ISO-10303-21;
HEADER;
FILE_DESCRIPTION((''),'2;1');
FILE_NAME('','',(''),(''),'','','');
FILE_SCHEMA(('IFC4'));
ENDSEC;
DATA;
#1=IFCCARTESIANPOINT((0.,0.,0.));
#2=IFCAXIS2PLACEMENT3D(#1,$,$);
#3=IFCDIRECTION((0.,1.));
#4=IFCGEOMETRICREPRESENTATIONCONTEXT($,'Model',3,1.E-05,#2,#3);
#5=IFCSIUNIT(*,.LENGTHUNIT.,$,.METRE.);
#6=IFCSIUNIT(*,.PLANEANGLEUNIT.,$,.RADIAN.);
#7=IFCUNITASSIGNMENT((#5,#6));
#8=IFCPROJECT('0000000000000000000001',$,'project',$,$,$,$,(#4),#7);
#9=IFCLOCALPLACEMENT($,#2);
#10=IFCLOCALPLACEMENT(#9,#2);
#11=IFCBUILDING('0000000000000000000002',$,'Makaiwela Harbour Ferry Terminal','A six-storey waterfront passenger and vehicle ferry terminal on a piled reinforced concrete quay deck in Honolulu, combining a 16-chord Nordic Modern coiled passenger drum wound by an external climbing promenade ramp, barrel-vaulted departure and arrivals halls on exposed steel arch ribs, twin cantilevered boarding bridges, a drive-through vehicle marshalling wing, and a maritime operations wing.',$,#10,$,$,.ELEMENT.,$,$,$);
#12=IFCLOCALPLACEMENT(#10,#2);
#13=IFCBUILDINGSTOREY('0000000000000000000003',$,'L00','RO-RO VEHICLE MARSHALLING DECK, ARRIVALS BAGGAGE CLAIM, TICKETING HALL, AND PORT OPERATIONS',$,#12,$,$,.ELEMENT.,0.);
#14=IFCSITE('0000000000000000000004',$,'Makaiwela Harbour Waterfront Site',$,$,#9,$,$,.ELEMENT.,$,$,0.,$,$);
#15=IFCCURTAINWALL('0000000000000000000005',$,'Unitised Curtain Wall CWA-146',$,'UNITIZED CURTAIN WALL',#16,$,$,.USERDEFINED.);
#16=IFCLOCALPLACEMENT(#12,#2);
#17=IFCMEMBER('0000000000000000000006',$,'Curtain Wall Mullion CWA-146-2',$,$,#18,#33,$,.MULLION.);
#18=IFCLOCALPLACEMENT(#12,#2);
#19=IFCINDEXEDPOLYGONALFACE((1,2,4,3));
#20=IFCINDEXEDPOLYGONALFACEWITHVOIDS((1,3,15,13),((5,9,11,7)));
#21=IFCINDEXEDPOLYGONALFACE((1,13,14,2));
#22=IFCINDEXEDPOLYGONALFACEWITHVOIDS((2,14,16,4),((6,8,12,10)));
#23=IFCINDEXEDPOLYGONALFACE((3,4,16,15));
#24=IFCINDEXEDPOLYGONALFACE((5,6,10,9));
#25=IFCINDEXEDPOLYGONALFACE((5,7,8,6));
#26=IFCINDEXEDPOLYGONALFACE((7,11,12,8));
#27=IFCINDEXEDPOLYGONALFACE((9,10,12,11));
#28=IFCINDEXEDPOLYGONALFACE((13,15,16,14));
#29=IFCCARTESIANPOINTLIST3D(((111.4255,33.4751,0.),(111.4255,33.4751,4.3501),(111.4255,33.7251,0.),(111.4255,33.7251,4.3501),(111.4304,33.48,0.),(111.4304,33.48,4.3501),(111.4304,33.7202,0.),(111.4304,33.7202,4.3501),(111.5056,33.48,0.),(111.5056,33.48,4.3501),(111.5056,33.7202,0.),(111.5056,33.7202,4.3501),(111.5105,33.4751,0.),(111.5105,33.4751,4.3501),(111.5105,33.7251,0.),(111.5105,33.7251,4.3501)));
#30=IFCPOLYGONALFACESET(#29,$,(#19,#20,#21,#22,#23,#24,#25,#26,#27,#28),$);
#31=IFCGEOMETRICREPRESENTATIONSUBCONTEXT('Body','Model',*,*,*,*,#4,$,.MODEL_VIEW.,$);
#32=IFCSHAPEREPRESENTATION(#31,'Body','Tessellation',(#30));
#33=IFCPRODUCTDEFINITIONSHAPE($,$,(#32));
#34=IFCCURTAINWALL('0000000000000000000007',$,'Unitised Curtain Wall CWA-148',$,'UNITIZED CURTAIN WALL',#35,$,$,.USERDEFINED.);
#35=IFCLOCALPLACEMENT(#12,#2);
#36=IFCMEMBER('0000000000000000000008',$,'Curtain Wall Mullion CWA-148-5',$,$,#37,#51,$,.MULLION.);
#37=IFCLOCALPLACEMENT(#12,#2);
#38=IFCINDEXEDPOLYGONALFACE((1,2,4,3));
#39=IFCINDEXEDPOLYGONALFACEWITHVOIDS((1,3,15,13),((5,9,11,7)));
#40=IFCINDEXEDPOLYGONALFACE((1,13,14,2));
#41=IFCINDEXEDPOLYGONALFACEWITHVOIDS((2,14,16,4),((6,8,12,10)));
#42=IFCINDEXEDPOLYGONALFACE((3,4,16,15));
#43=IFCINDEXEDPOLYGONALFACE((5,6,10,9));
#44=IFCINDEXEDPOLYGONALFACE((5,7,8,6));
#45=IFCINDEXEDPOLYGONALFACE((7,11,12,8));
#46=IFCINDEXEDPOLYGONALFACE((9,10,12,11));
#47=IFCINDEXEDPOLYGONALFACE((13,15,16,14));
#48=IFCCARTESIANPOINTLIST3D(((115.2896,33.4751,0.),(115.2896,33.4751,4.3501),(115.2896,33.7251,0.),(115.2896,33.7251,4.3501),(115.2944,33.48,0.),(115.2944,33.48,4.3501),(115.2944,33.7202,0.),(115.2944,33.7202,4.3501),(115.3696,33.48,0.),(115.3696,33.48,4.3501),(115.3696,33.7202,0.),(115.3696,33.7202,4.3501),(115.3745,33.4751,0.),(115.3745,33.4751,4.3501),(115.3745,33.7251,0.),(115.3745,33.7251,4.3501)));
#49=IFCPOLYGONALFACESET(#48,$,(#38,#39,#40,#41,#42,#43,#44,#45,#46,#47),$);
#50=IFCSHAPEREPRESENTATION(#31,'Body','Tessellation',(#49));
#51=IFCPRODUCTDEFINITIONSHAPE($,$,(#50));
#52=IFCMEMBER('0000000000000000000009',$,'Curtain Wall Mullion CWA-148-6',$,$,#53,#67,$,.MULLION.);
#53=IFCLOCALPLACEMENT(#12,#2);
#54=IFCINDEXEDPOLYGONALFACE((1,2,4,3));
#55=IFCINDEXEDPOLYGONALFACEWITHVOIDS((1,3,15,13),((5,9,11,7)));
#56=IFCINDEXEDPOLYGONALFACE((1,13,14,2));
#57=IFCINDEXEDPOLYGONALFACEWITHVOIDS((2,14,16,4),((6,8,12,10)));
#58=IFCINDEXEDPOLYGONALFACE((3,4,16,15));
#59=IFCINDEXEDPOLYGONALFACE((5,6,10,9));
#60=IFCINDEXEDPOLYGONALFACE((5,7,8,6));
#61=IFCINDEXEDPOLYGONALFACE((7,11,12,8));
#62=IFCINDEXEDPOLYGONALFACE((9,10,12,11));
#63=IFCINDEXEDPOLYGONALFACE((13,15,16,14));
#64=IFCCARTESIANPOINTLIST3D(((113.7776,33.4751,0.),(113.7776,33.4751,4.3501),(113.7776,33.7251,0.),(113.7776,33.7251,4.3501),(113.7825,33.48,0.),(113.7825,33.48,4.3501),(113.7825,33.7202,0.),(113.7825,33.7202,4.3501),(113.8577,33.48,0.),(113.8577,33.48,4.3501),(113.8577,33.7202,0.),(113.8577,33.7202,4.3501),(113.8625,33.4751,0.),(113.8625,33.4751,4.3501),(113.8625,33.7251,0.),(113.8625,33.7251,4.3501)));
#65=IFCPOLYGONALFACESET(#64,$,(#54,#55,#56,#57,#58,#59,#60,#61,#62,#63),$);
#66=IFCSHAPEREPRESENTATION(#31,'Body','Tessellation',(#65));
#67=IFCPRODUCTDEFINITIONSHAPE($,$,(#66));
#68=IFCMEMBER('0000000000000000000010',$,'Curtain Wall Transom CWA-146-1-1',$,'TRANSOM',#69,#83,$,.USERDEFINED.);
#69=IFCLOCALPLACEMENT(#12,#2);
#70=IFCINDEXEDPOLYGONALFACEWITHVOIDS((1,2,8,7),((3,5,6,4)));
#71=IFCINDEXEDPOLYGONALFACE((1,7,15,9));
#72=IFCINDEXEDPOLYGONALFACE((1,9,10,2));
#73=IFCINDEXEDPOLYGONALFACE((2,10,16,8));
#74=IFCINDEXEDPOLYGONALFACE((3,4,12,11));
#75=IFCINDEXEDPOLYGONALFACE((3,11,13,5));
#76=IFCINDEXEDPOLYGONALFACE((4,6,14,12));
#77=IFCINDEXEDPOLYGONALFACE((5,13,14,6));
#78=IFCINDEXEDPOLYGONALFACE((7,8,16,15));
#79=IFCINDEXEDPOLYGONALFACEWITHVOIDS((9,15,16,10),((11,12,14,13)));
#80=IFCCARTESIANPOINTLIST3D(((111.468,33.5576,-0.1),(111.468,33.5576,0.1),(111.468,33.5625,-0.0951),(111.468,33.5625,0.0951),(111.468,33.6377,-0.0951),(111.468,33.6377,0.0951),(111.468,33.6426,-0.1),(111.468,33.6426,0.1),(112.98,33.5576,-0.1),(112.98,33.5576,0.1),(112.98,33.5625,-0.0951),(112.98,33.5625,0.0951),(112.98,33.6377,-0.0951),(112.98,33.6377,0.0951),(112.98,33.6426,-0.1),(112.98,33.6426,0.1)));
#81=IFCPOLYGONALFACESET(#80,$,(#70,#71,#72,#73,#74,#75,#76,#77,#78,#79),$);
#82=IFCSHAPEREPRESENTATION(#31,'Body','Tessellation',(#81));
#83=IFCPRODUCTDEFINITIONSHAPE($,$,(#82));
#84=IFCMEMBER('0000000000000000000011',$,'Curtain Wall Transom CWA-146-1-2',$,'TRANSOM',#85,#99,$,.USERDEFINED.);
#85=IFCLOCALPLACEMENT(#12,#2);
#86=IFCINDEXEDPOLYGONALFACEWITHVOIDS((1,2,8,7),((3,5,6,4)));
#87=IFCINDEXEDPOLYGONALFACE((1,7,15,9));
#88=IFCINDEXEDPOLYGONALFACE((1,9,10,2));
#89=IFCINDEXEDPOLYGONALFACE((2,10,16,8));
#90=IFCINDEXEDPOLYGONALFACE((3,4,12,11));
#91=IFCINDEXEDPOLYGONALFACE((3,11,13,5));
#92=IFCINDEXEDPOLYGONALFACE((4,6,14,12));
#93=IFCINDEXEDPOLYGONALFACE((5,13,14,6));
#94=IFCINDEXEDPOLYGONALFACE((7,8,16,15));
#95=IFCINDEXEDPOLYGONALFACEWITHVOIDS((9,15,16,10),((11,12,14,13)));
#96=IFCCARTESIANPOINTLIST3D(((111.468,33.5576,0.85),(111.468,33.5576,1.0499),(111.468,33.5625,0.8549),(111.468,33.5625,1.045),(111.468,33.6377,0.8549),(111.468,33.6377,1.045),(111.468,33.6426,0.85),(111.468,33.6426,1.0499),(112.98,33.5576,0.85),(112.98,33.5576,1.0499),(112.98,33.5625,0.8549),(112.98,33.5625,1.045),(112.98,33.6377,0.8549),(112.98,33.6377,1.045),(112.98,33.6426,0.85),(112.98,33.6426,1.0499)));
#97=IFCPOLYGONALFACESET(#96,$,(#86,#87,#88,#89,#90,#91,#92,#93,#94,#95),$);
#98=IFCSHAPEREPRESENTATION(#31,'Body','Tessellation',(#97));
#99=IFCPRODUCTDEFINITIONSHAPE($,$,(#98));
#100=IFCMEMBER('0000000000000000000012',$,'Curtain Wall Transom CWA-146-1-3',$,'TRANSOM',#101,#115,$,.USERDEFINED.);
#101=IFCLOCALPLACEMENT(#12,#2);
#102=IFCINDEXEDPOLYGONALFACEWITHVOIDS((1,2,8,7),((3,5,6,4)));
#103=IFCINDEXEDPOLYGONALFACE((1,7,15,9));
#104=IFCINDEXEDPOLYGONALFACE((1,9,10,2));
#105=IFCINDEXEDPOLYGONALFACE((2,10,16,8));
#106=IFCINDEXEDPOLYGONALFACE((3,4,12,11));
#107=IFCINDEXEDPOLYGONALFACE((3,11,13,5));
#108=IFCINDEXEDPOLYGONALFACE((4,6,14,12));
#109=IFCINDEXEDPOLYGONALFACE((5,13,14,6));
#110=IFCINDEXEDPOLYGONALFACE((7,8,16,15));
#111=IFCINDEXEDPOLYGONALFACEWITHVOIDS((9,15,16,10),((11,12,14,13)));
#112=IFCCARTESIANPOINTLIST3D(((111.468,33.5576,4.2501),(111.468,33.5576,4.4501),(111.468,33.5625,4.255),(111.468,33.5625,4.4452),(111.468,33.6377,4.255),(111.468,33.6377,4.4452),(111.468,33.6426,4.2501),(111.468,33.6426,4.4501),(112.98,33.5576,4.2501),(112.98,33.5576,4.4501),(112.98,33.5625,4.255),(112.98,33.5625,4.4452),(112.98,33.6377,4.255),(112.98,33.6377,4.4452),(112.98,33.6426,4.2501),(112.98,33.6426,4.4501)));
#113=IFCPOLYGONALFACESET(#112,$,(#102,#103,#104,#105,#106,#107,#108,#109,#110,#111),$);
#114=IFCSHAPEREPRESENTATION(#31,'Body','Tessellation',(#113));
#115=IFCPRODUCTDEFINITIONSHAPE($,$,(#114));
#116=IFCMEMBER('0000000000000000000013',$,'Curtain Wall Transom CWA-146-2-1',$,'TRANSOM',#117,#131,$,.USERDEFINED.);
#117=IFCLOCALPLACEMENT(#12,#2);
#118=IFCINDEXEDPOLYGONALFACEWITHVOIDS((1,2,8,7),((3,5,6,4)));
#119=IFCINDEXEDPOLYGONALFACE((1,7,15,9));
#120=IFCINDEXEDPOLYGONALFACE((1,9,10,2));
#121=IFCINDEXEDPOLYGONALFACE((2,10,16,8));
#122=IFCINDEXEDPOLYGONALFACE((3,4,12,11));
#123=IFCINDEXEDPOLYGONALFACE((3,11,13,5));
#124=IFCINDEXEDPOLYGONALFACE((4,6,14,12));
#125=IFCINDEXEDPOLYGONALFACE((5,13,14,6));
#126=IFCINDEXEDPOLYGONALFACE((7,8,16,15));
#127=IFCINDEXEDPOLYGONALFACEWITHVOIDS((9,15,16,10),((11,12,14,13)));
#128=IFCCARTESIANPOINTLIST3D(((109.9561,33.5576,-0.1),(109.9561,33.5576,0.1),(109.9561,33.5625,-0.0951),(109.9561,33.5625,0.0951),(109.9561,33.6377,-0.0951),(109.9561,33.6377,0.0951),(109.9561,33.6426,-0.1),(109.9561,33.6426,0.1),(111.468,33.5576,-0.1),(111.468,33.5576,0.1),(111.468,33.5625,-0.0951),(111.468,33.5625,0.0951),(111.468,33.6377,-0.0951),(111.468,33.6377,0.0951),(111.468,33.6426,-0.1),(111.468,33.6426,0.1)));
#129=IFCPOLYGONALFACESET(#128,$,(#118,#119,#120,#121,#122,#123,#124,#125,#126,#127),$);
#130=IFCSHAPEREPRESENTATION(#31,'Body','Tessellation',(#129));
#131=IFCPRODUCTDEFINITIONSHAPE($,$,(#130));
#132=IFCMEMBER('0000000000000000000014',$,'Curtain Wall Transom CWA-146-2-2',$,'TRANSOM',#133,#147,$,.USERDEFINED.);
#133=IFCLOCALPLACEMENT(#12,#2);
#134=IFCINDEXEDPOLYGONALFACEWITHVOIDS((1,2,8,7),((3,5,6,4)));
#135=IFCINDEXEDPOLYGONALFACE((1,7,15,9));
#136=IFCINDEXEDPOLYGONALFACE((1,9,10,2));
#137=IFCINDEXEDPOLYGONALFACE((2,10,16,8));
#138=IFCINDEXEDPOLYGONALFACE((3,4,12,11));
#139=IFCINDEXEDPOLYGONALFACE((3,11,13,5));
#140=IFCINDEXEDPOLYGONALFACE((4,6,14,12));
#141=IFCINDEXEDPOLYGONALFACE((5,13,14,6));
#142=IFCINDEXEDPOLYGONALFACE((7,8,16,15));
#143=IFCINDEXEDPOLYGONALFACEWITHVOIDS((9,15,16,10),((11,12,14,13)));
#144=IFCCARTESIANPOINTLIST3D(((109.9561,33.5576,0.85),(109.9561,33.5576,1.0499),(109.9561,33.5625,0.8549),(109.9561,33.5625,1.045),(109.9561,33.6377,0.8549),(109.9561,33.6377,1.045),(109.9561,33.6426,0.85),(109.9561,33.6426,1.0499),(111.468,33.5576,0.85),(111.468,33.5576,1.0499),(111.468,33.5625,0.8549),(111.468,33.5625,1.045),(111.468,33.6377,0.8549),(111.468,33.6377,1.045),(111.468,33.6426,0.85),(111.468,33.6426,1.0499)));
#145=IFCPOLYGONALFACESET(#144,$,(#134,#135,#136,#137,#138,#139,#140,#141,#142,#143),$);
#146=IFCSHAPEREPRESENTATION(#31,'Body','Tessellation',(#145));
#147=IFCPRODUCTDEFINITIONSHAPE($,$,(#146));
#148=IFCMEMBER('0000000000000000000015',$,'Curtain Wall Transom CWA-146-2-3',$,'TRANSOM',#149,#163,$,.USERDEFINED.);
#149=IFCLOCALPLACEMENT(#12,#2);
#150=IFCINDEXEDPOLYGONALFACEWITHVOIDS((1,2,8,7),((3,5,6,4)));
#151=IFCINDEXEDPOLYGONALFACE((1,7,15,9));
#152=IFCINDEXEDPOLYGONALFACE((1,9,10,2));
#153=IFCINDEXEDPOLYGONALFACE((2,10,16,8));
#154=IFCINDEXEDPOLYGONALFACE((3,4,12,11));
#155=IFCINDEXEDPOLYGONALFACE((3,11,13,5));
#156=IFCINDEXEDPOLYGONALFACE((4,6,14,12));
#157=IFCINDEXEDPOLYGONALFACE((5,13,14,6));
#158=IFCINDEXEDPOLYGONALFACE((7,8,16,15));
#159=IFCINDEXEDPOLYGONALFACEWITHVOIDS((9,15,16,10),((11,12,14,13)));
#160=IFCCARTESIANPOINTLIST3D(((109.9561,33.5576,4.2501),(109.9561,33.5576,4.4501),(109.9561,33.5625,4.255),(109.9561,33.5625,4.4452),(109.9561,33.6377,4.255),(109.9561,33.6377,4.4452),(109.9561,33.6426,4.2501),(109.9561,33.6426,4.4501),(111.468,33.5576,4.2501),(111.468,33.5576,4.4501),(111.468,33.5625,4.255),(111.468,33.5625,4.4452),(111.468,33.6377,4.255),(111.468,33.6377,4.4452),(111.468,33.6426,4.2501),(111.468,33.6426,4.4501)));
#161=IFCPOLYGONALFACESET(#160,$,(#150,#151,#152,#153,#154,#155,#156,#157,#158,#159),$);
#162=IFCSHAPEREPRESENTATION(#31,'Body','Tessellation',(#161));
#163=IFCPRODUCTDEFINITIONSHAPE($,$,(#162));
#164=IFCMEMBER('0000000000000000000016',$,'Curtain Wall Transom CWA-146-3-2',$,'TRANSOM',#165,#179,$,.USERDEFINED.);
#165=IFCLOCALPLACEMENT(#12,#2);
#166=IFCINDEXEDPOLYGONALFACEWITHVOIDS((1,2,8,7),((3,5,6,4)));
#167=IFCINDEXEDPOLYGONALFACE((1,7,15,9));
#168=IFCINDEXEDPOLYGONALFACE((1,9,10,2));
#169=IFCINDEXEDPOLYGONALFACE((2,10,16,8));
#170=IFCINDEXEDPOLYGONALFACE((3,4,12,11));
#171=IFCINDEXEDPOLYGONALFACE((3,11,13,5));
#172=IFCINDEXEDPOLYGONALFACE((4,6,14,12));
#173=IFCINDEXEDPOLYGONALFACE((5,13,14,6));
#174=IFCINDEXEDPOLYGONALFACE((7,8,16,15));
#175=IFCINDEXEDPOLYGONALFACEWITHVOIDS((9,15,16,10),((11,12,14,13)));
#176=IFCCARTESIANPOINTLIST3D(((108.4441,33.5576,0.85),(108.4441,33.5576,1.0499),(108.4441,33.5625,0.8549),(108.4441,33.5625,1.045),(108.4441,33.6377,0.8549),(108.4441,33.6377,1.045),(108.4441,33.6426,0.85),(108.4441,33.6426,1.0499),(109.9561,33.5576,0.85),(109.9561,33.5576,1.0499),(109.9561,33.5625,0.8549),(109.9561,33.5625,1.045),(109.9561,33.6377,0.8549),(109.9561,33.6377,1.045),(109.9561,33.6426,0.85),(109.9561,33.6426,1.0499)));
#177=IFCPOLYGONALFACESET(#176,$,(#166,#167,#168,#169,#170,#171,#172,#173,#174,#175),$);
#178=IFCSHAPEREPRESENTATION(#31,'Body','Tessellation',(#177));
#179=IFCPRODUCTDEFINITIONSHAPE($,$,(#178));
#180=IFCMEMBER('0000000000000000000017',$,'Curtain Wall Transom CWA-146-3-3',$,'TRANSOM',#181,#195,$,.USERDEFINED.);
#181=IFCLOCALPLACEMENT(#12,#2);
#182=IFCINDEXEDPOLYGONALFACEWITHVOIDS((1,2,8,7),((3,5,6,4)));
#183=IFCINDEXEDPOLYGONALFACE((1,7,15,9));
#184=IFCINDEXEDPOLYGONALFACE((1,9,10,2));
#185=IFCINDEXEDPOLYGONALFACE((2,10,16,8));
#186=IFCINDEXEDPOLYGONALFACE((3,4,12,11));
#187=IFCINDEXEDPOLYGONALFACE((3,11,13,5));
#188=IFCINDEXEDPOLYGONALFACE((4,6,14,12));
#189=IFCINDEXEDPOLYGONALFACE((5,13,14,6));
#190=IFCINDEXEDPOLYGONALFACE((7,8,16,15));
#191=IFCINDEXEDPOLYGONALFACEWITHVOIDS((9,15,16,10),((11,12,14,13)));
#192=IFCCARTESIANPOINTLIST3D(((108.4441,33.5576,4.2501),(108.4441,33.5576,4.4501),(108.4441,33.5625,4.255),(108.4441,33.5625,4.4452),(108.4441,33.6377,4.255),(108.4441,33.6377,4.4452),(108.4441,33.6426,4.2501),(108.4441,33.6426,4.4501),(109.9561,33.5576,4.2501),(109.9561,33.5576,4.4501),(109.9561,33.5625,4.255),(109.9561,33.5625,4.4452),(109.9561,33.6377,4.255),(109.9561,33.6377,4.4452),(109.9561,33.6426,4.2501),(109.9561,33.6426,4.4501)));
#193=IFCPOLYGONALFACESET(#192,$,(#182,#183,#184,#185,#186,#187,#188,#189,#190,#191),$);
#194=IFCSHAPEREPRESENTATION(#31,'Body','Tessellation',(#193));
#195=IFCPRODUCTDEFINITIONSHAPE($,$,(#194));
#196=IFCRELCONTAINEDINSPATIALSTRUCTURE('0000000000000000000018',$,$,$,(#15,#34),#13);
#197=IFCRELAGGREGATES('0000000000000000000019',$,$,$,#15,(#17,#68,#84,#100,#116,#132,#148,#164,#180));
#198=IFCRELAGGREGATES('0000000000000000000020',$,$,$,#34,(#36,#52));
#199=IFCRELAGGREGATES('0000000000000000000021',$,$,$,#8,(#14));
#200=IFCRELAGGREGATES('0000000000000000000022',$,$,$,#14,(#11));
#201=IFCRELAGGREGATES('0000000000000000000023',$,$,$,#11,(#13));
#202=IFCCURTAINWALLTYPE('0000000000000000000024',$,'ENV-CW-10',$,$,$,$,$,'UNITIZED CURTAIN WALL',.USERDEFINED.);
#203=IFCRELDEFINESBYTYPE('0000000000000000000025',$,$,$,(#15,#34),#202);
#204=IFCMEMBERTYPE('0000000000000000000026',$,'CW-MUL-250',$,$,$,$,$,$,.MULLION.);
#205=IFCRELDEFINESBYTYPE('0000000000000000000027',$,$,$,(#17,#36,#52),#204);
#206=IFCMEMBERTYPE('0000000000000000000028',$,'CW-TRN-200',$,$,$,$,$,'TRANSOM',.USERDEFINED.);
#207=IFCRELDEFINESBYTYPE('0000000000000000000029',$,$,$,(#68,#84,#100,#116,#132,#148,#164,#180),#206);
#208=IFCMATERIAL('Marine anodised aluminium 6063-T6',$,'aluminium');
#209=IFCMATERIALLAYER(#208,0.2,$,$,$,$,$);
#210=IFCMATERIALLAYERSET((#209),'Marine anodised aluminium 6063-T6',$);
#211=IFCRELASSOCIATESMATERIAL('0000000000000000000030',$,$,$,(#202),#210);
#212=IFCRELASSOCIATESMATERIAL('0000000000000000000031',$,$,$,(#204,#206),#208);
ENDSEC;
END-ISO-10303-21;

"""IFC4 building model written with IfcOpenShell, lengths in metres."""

from ifc_helpers import new_model, si_unit, direction, frame, origin, origin_2d, place, context, subcontext, project, spatial, hollow_rectangle, extrude, material, layer, layer_set, material_profile, profile_set, type_object, element, aggregate, save


model = new_model("IFC4")

# Units and contexts
model_context = context("Model", 3, precision=1e-05, world=origin(), true_north=direction((0.0, 1.0)))
body_context = subcontext(model_context, "Body", "Model", "MODEL_VIEW")
ifc_project = project(units=[si_unit("LENGTHUNIT", "METRE"), si_unit("PLANEANGLEUNIT", "RADIAN")], contexts=[model_context])

# Site, building, storey
site_placement = place(None, origin())
site = spatial("IfcSite", under=ifc_project, at=site_placement, Name="Makaiwela Harbour Waterfront Site", CompositionType="ELEMENT", RefElevation=0.0)
building_placement = place(site_placement, origin())
building = spatial("IfcBuilding", under=site, at=building_placement, Name="Makaiwela Harbour Ferry Terminal", Description="A six-storey waterfront passenger and vehicle ferry terminal on a piled reinforced concrete quay deck in Honolulu, combining a 16-chord Nordic Modern coiled passenger drum wound by an external climbing promenade ramp, barrel-vaulted departure and arrivals halls on exposed steel arch ribs, twin cantilevered boarding bridges, a drive-through vehicle marshalling wing, and a maritime operations wing.", CompositionType="ELEMENT")
storey_placement = place(building_placement, origin())
storey = spatial("IfcBuildingStorey", under=building, at=storey_placement, Name="L00", Description="RO-RO VEHICLE MARSHALLING DECK, ARRIVALS BAGGAGE CLAIM, TICKETING HALL, AND PORT OPERATIONS", CompositionType="ELEMENT", Elevation=0.0)

# Curtain walls, members
ifc_material_1 = material(Name="Marine anodised aluminium 6063-T6", Category="aluminium")
ifc_layer_1 = layer(ifc_material_1, 0.2)
ifc_layer_set_1 = layer_set([ifc_layer_1], Name="Marine anodised aluminium 6063-T6")
curtain_wall_type = type_object("IfcCurtainWallType", Name="ENV-CW-10", ElementType="UNITIZED CURTAIN WALL", PredefinedType="USERDEFINED", material=ifc_layer_set_1)
curtain_wall_1_placement = place(storey_placement, origin())
curtain_wall_1 = element("IfcCurtainWall", 1, at=curtain_wall_1_placement, inside=storey, type_object=curtain_wall_type, Name="Unitised Curtain Wall CWA-146", ObjectType="UNITIZED CURTAIN WALL", PredefinedType="USERDEFINED")
ifc_material_profile_1 = material_profile(ifc_material_1, hollow_rectangle(XDim=0.085, YDim=0.25, WallThickness=0.0049, at=origin_2d()), Name="CWM-250X85")
ifc_profile_set_1 = profile_set([ifc_material_profile_1], Name="Marine anodised aluminium 6063-T6")
member_type_1 = type_object("IfcMemberType", Name="CW-MUL-250", PredefinedType="MULLION", material=ifc_profile_set_1)
member_1_placement = place(storey_placement, frame((111.468, 33.6001, 0.0), z_axis=(0.0, 0.0, 1.0), x_axis=(1.0, 0.0, 0.0)))
member_1 = element("IfcMember", 2, at=member_1_placement, type_object=member_type_1, Name="Curtain Wall Mullion CWA-146-2", PredefinedType="MULLION", context=body_context, shape_type="SweptSolid", body=[
    extrude(hollow_rectangle(XDim=0.085, YDim=0.25, WallThickness=0.0049, at=origin_2d()), origin(), (0.0, 0.0, 1.0), 4.3501),
])
curtain_wall_2_placement = place(storey_placement, origin())
curtain_wall_2 = element("IfcCurtainWall", 3, at=curtain_wall_2_placement, inside=storey, type_object=curtain_wall_type, Name="Unitised Curtain Wall CWA-148", ObjectType="UNITIZED CURTAIN WALL", PredefinedType="USERDEFINED")
member_2_placement = place(storey_placement, frame((115.332, 33.6001, 0.0), z_axis=(0.0, 0.0, 1.0), x_axis=(1.0, 0.0, 0.0)))
member_2 = element("IfcMember", 4, at=member_2_placement, type_object=member_type_1, Name="Curtain Wall Mullion CWA-148-5", PredefinedType="MULLION", context=body_context, shape_type="SweptSolid", body=[
    extrude(hollow_rectangle(XDim=0.085, YDim=0.25, WallThickness=0.0049, at=origin_2d()), origin(), (0.0, 0.0, 1.0), 4.3501),
])
member_3_placement = place(storey_placement, frame((113.8201, 33.6001, 0.0), z_axis=(0.0, 0.0, 1.0), x_axis=(1.0, 0.0, 0.0)))
member_3 = element("IfcMember", 5, at=member_3_placement, type_object=member_type_1, Name="Curtain Wall Mullion CWA-148-6", PredefinedType="MULLION", context=body_context, shape_type="SweptSolid", body=[
    extrude(hollow_rectangle(XDim=0.085, YDim=0.25, WallThickness=0.0049, at=origin_2d()), origin(), (0.0, 0.0, 1.0), 4.3501),
])

# Members
ifc_material_profile_2 = material_profile(ifc_material_1, hollow_rectangle(XDim=0.085, YDim=0.2, WallThickness=0.0049, at=origin_2d()), Name="CWT-200X85")
ifc_profile_set_2 = profile_set([ifc_material_profile_2], Name="Marine anodised aluminium 6063-T6")
member_type_2 = type_object("IfcMemberType", Name="CW-TRN-200", ElementType="TRANSOM", PredefinedType="USERDEFINED", material=ifc_profile_set_2)
member_4_placement = place(storey_placement, frame((112.98, 33.6001, 0.0), z_axis=(-1.0, 0.0, 0.0), x_axis=(0.0, -1.0, 0.0)))
member_4 = element("IfcMember", 6, at=member_4_placement, type_object=member_type_2, Name="Curtain Wall Transom CWA-146-1-1", ObjectType="TRANSOM", PredefinedType="USERDEFINED", context=body_context, shape_type="SweptSolid", body=[
    extrude(hollow_rectangle(XDim=0.085, YDim=0.2, WallThickness=0.0049, at=origin_2d()), origin(), (0.0, 0.0, 1.0), 1.512),
])
member_5_placement = place(storey_placement, frame((112.98, 33.6001, 0.95), z_axis=(-1.0, 0.0, 0.0), x_axis=(0.0, -1.0, 0.0)))
member_5 = element("IfcMember", 7, at=member_5_placement, type_object=member_type_2, Name="Curtain Wall Transom CWA-146-1-2", ObjectType="TRANSOM", PredefinedType="USERDEFINED", context=body_context, shape_type="SweptSolid", body=[
    extrude(hollow_rectangle(XDim=0.085, YDim=0.2, WallThickness=0.0049, at=origin_2d()), origin(), (0.0, 0.0, 1.0), 1.512),
])
member_6_placement = place(storey_placement, frame((112.98, 33.6001, 4.3501), z_axis=(-1.0, 0.0, 0.0), x_axis=(0.0, -1.0, 0.0)))
member_6 = element("IfcMember", 8, at=member_6_placement, type_object=member_type_2, Name="Curtain Wall Transom CWA-146-1-3", ObjectType="TRANSOM", PredefinedType="USERDEFINED", context=body_context, shape_type="SweptSolid", body=[
    extrude(hollow_rectangle(XDim=0.085, YDim=0.2, WallThickness=0.0049, at=origin_2d()), origin(), (0.0, 0.0, 1.0), 1.512),
])
member_7_placement = place(storey_placement, frame((111.468, 33.6001, 0.0), z_axis=(-1.0, 0.0, 0.0), x_axis=(0.0, -1.0, 0.0)))
member_7 = element("IfcMember", 9, at=member_7_placement, type_object=member_type_2, Name="Curtain Wall Transom CWA-146-2-1", ObjectType="TRANSOM", PredefinedType="USERDEFINED", context=body_context, shape_type="SweptSolid", body=[
    extrude(hollow_rectangle(XDim=0.085, YDim=0.2, WallThickness=0.0049, at=origin_2d()), origin(), (0.0, 0.0, 1.0), 1.512),
])
member_8_placement = place(storey_placement, frame((111.468, 33.6001, 0.95), z_axis=(-1.0, 0.0, 0.0), x_axis=(0.0, -1.0, 0.0)))
member_8 = element("IfcMember", 10, at=member_8_placement, type_object=member_type_2, Name="Curtain Wall Transom CWA-146-2-2", ObjectType="TRANSOM", PredefinedType="USERDEFINED", context=body_context, shape_type="SweptSolid", body=[
    extrude(hollow_rectangle(XDim=0.085, YDim=0.2, WallThickness=0.0049, at=origin_2d()), origin(), (0.0, 0.0, 1.0), 1.512),
])
member_9_placement = place(storey_placement, frame((111.468, 33.6001, 4.3501), z_axis=(-1.0, 0.0, 0.0), x_axis=(0.0, -1.0, 0.0)))
member_9 = element("IfcMember", 11, at=member_9_placement, type_object=member_type_2, Name="Curtain Wall Transom CWA-146-2-3", ObjectType="TRANSOM", PredefinedType="USERDEFINED", context=body_context, shape_type="SweptSolid", body=[
    extrude(hollow_rectangle(XDim=0.085, YDim=0.2, WallThickness=0.0049, at=origin_2d()), origin(), (0.0, 0.0, 1.0), 1.512),
])
member_10_placement = place(storey_placement, frame((109.9561, 33.6001, 0.95), z_axis=(-1.0, 0.0, 0.0), x_axis=(0.0, -1.0, 0.0)))
member_10 = element("IfcMember", 12, at=member_10_placement, type_object=member_type_2, Name="Curtain Wall Transom CWA-146-3-2", ObjectType="TRANSOM", PredefinedType="USERDEFINED", context=body_context, shape_type="SweptSolid", body=[
    extrude(hollow_rectangle(XDim=0.085, YDim=0.2, WallThickness=0.0049, at=origin_2d()), origin(), (0.0, 0.0, 1.0), 1.512),
])
member_11_placement = place(storey_placement, frame((109.9561, 33.6001, 4.3501), z_axis=(-1.0, 0.0, 0.0), x_axis=(0.0, -1.0, 0.0)))
member_11 = element("IfcMember", 13, at=member_11_placement, type_object=member_type_2, Name="Curtain Wall Transom CWA-146-3-3", ObjectType="TRANSOM", PredefinedType="USERDEFINED", context=body_context, shape_type="SweptSolid", body=[
    extrude(hollow_rectangle(XDim=0.085, YDim=0.2, WallThickness=0.0049, at=origin_2d()), origin(), (0.0, 0.0, 1.0), 1.512),
])

aggregate(curtain_wall_1, [member_1, member_4, member_5, member_6, member_7, member_8, member_9, member_10, member_11])
aggregate(curtain_wall_2, [member_2, member_3])

save(model, "model.ifc")
